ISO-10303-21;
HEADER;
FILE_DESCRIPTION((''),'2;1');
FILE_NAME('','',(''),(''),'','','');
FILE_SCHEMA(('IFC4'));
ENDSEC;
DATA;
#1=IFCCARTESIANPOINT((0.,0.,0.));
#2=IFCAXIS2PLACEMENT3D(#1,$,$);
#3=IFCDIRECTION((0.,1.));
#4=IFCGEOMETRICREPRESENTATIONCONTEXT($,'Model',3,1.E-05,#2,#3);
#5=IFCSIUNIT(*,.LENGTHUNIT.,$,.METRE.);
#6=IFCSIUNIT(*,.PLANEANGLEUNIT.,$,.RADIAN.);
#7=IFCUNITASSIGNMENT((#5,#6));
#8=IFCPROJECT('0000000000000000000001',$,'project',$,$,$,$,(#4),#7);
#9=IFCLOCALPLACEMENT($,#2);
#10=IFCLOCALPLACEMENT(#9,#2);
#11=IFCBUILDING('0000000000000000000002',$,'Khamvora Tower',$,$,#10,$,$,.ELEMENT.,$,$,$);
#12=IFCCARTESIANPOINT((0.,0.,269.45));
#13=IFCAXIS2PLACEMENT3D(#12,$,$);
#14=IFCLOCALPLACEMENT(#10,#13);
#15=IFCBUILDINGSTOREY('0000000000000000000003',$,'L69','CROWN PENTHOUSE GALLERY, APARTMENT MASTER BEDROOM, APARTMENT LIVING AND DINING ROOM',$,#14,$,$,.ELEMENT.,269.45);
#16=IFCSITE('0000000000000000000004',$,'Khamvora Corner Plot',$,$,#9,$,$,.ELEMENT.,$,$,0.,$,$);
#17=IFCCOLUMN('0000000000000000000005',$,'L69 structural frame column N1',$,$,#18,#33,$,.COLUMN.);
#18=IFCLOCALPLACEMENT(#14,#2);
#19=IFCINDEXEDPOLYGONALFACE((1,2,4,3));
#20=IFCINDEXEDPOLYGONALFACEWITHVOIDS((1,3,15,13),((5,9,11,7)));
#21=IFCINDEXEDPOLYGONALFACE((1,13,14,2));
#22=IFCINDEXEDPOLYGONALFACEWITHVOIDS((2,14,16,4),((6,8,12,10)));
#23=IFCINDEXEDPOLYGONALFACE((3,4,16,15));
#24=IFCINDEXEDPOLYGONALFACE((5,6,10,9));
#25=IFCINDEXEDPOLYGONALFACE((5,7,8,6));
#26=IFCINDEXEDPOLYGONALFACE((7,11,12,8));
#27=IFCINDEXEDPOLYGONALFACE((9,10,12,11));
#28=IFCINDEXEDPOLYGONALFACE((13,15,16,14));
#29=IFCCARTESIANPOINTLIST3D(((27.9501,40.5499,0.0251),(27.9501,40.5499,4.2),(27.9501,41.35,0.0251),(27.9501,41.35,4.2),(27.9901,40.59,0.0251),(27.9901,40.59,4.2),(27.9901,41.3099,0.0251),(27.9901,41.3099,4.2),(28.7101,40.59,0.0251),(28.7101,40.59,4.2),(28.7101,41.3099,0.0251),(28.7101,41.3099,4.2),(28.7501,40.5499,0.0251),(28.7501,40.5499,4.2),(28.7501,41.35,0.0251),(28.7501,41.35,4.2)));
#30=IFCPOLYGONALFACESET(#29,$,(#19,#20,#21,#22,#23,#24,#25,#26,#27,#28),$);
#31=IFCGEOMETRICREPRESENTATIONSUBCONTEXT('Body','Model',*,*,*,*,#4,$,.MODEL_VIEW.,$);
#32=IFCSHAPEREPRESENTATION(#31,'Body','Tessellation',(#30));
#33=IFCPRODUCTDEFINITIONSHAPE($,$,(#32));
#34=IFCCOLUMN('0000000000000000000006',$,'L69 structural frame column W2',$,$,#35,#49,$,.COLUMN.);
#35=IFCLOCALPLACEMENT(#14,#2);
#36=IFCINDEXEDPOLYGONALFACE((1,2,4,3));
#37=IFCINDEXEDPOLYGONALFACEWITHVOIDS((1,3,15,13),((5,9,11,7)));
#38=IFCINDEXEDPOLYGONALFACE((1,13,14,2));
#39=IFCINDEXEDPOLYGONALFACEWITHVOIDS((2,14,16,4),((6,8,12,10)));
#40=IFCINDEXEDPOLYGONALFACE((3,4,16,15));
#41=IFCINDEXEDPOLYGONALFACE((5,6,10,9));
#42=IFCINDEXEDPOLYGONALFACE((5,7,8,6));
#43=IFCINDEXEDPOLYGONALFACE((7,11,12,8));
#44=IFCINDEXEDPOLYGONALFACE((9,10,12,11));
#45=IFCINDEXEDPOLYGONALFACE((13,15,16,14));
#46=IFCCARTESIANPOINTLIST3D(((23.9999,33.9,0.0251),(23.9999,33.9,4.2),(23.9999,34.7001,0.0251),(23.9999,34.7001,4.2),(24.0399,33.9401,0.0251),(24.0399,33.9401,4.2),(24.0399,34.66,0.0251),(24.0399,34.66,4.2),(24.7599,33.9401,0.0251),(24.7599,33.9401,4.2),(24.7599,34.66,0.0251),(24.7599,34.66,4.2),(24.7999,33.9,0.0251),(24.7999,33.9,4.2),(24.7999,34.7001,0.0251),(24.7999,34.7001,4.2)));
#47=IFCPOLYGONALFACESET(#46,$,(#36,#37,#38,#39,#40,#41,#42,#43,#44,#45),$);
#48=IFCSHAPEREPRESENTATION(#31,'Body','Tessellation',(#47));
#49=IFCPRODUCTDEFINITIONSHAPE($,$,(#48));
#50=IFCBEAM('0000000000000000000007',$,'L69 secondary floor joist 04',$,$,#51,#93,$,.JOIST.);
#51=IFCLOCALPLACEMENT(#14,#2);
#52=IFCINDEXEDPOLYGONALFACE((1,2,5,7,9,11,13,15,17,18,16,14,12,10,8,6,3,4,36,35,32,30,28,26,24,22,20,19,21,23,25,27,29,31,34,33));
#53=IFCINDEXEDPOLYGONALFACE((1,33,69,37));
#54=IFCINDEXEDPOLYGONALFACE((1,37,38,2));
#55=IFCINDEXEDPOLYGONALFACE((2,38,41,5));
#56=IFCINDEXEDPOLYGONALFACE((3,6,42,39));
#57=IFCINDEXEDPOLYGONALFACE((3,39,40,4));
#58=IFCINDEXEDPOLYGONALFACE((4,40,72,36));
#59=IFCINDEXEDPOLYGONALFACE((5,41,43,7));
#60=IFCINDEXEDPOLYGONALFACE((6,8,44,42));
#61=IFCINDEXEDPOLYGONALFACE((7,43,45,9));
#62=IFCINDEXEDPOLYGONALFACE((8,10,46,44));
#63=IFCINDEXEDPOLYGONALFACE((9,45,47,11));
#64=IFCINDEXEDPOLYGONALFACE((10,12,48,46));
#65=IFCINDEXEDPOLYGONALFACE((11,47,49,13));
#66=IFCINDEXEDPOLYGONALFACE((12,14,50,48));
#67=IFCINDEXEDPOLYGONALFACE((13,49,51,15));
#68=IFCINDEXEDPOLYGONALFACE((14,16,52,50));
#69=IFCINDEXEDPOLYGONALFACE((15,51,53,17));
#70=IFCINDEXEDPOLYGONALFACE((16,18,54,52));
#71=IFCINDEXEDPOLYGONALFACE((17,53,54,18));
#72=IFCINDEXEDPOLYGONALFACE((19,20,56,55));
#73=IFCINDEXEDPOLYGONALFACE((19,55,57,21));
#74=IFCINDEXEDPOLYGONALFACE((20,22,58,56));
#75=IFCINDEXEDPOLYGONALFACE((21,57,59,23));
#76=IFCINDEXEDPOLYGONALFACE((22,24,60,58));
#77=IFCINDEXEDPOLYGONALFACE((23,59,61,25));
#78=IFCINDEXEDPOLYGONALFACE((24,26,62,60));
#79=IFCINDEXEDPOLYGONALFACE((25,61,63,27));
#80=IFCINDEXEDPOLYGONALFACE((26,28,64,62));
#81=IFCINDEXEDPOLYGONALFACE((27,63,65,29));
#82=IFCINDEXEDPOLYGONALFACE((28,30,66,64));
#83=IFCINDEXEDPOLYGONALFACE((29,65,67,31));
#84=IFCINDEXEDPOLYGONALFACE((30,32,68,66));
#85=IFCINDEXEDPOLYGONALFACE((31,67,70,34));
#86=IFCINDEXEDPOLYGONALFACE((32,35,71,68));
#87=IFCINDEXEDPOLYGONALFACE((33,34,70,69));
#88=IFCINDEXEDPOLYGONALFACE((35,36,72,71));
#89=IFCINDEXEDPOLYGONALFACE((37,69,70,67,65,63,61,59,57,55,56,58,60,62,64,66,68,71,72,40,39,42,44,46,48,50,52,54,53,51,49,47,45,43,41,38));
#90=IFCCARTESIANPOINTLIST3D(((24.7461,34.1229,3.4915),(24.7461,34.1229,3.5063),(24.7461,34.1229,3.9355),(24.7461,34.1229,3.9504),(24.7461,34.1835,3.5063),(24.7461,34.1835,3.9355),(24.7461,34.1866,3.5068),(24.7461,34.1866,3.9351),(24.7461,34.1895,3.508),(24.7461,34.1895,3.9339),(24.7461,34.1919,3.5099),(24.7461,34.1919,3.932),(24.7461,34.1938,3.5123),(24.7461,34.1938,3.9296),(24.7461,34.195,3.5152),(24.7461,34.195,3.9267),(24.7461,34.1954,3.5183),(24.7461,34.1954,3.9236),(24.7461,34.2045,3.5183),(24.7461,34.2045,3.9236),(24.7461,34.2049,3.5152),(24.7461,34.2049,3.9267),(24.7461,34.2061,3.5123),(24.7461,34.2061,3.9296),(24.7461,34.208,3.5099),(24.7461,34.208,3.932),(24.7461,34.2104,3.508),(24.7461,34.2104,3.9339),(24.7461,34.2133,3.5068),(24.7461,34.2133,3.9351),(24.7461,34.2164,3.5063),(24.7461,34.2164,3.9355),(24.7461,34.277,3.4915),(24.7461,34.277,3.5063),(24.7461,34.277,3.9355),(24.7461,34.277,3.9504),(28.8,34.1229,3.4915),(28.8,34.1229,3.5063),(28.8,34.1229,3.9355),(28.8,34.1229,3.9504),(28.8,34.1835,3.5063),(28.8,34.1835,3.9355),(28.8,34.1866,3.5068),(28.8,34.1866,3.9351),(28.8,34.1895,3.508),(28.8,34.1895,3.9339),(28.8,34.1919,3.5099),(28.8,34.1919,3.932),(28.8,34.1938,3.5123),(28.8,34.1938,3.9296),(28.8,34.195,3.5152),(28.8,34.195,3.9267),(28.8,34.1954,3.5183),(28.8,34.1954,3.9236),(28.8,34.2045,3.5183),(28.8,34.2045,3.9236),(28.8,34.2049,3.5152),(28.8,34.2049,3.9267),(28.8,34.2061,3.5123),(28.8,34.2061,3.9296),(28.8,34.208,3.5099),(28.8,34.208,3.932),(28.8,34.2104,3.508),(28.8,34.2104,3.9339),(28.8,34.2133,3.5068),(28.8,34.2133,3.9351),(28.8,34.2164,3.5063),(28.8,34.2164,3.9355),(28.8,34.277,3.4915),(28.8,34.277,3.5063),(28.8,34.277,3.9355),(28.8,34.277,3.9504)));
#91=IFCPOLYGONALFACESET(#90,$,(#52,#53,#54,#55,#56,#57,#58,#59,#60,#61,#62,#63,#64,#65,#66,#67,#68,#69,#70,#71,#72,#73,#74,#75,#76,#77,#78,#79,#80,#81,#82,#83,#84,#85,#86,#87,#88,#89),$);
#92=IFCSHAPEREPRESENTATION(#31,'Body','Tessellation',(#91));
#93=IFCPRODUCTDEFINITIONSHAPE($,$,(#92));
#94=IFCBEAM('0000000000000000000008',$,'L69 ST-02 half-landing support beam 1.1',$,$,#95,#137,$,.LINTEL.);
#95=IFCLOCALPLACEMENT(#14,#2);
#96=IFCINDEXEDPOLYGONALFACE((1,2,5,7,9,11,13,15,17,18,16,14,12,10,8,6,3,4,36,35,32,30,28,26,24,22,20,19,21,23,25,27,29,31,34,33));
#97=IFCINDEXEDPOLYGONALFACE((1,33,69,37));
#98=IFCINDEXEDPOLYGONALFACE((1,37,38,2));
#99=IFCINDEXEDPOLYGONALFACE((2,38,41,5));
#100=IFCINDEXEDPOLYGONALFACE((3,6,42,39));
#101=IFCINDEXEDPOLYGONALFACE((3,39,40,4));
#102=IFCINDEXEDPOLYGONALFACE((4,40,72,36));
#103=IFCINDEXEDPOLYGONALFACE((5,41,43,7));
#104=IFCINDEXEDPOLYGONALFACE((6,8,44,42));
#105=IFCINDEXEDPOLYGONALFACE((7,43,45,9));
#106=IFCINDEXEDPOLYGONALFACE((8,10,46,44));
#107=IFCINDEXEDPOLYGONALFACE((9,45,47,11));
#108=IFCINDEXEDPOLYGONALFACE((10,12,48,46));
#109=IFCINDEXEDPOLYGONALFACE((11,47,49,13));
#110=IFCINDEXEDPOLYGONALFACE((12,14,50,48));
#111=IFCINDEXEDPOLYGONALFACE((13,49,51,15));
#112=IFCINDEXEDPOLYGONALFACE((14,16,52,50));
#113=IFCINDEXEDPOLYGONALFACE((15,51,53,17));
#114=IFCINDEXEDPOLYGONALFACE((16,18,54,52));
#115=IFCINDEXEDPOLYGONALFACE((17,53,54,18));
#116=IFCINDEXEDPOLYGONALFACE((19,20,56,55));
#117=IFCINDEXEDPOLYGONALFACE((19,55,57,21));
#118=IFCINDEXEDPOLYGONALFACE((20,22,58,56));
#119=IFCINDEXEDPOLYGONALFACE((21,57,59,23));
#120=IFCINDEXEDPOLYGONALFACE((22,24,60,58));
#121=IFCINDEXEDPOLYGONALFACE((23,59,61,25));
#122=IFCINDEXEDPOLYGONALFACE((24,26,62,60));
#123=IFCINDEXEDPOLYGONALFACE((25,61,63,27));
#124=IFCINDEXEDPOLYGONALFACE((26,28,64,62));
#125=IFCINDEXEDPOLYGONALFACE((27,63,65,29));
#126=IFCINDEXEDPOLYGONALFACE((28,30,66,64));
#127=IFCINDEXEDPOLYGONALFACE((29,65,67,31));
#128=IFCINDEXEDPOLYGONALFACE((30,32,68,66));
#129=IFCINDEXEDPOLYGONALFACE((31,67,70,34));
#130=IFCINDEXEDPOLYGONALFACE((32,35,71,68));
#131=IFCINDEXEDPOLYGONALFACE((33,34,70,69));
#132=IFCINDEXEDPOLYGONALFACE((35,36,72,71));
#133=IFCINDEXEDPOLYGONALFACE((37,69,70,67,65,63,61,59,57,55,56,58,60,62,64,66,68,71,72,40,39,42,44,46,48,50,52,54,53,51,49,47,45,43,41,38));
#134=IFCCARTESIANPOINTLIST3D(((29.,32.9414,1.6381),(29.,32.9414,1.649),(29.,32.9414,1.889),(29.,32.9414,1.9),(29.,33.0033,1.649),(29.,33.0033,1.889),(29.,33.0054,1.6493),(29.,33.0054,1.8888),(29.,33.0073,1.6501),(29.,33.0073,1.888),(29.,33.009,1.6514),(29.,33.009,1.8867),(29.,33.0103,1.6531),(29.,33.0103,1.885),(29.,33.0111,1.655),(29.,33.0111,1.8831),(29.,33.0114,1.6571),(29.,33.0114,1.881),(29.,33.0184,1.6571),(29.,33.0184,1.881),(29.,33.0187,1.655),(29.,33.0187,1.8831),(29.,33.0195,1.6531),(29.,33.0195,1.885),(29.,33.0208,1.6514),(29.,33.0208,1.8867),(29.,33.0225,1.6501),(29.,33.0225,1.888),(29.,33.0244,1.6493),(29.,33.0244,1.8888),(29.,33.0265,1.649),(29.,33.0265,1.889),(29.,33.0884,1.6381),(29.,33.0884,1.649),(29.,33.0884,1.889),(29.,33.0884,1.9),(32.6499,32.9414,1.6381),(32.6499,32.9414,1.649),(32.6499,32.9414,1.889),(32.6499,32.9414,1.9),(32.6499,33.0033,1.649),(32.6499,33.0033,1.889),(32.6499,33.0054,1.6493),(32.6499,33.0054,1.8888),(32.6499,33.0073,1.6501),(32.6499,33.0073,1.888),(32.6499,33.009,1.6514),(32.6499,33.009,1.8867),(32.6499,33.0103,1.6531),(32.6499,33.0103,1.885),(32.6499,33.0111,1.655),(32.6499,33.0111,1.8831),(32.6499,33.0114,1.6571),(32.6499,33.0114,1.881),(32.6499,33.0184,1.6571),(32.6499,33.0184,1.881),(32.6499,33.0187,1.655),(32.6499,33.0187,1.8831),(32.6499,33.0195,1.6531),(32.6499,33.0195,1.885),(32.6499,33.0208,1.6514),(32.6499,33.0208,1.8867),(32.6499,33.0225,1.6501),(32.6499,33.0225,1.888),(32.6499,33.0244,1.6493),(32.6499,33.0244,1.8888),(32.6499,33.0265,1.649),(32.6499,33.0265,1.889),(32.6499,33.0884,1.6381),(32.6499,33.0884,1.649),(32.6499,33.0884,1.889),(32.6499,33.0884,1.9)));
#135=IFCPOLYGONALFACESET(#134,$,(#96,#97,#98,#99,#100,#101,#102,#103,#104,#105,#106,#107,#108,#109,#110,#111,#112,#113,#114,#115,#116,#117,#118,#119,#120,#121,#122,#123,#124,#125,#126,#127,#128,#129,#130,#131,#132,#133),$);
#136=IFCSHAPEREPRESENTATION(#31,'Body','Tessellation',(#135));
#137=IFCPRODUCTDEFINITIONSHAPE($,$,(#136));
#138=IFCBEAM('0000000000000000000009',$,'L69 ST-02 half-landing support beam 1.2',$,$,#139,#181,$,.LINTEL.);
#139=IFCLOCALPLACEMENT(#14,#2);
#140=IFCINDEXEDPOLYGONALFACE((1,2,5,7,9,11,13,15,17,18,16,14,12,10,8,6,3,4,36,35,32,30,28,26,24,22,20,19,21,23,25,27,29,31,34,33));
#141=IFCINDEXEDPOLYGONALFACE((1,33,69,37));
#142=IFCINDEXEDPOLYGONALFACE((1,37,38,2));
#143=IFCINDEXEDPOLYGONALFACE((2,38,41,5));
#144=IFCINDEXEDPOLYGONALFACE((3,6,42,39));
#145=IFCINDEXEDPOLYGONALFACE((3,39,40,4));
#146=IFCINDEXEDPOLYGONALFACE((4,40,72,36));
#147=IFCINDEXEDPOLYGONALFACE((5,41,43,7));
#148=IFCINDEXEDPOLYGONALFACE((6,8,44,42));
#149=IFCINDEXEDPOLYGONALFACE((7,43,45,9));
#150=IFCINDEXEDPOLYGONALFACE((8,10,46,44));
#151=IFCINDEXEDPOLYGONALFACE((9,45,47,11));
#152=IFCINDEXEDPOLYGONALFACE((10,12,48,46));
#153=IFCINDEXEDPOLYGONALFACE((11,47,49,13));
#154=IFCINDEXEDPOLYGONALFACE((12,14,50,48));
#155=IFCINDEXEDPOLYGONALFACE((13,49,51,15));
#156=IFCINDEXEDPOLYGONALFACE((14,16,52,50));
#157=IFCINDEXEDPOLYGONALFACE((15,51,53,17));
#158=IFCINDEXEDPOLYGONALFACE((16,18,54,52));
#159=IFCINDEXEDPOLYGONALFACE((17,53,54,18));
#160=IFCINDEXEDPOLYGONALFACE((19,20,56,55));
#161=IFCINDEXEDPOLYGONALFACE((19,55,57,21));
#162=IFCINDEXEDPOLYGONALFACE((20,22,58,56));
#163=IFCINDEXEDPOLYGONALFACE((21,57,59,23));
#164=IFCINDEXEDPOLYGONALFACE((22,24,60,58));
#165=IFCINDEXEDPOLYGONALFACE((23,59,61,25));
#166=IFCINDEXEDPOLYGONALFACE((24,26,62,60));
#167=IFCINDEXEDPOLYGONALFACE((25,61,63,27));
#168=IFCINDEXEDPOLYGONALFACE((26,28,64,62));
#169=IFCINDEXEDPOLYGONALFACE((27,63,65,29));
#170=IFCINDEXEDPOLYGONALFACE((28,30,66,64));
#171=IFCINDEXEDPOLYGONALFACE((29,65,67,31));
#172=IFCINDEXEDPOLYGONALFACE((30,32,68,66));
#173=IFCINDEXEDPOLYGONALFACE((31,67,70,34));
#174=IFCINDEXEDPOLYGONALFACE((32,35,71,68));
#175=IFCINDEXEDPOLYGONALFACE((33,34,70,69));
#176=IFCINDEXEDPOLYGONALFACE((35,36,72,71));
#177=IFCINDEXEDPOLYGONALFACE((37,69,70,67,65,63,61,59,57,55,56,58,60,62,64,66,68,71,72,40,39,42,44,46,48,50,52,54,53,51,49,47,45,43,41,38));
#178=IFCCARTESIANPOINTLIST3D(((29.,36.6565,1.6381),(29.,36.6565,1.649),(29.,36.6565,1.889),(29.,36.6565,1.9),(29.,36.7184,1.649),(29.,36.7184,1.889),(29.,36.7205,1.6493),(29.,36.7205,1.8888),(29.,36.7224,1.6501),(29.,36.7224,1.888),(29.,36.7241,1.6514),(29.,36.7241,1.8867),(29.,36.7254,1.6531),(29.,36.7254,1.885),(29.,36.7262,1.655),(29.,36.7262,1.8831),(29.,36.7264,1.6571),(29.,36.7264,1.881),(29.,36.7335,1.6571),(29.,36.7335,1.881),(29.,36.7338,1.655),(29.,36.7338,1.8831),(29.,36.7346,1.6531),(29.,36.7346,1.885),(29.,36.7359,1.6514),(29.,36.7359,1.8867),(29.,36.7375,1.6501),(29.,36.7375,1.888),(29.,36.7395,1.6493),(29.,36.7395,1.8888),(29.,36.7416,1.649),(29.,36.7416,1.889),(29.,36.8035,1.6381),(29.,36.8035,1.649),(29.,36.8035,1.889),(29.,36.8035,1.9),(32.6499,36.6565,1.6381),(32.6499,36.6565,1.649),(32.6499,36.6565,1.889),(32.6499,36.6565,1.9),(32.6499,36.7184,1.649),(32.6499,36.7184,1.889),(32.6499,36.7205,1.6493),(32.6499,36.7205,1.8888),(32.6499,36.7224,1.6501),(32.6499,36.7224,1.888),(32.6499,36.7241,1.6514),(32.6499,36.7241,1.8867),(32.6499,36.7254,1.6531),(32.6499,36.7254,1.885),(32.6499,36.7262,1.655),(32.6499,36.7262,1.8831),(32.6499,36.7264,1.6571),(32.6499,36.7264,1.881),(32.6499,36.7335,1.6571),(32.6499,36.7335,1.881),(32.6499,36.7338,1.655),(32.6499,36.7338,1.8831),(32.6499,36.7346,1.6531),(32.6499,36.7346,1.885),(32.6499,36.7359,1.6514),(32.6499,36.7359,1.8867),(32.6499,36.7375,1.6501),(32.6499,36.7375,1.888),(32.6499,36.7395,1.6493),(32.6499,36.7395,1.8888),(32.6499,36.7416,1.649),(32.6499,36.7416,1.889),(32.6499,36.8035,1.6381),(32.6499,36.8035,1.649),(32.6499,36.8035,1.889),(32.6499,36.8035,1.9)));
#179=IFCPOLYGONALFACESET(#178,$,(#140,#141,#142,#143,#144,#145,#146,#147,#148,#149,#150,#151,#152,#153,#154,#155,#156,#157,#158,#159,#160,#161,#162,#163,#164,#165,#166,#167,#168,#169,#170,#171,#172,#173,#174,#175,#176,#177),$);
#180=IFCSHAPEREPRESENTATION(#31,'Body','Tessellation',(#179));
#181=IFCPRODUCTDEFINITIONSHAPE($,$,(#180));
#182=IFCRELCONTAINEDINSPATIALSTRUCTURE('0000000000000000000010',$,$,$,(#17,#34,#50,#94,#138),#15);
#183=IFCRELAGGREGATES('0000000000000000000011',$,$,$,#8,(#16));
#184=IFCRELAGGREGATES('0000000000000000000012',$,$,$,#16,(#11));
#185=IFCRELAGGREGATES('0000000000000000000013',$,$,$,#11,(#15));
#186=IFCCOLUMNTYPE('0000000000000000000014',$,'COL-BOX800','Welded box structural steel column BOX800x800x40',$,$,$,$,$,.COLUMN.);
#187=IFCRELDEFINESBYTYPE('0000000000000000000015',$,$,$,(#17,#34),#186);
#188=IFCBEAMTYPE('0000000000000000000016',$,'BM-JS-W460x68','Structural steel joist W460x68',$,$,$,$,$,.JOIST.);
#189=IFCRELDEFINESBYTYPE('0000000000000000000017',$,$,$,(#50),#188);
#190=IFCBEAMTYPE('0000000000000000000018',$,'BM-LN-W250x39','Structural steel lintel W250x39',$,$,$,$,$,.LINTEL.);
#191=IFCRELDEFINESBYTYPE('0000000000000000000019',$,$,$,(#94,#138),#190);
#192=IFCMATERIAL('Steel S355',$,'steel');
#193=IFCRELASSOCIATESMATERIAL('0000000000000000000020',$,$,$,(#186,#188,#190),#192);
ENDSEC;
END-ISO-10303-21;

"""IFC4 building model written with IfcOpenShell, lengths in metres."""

from ifc_helpers import new_model, si_unit, direction, frame, origin, origin_2d, place, context, subcontext, project, spatial, hollow_rectangle, i_section, extrude, material, material_profile, profile_set, type_object, element, save


model = new_model("IFC4")

# Units and contexts
model_context = context("Model", 3, precision=1e-05, world=origin(), true_north=direction((0.0, 1.0)))
body_context = subcontext(model_context, "Body", "Model", "MODEL_VIEW")
ifc_project = project(units=[si_unit("LENGTHUNIT", "METRE"), si_unit("PLANEANGLEUNIT", "RADIAN")], contexts=[model_context])

# Site, building, storey
site_placement = place(None, origin())
site = spatial("IfcSite", under=ifc_project, at=site_placement, Name="Khamvora Corner Plot", CompositionType="ELEMENT", RefElevation=0.0)
building_placement = place(site_placement, origin())
building = spatial("IfcBuilding", under=site, at=building_placement, Name="Khamvora Tower", CompositionType="ELEMENT")
storey_placement = place(building_placement, frame((0.0, 0.0, 269.45)))
storey = spatial("IfcBuildingStorey", under=building, at=storey_placement, Name="L69", Description="CROWN PENTHOUSE GALLERY, APARTMENT MASTER BEDROOM, APARTMENT LIVING AND DINING ROOM", CompositionType="ELEMENT", Elevation=269.45)

# Columns
ifc_material_1 = material(Name="Steel S355", Category="steel")
ifc_material_profile_1 = material_profile(ifc_material_1, hollow_rectangle(XDim=0.8, YDim=0.8, WallThickness=0.04, at=origin_2d()), Name="BOX800x800x40")
ifc_profile_set_1 = profile_set([ifc_material_profile_1], Name="Steel S355")
column_type = type_object("IfcColumnType", Name="COL-BOX800", Description="Welded box structural steel column BOX800x800x40", PredefinedType="COLUMN", material=ifc_profile_set_1)
for number, where, z_axis, x_axis, name in (
    (1, (28.3501, 40.95, 0.0251), (0.0, 0.0, 1.0), (1.0, 0.0, 0.0), "L69 structural frame column N1"),
    (2, (24.3999, 34.3, 0.0251), (0.0, 0.0, 1.0), (1.0, 0.0, 0.0), "L69 structural frame column W2"),
):
    element("IfcColumn", number, at=place(storey_placement, frame(where, z_axis=z_axis, x_axis=x_axis)), inside=storey, type_object=column_type, Name=name, PredefinedType="COLUMN", context=body_context, shape_type="SweptSolid", body=[
        extrude(hollow_rectangle(XDim=0.8, YDim=0.8, WallThickness=0.04, at=origin_2d()), origin(), (0.0, 0.0, 1.0), 4.1748),
    ])

# Beams
ifc_material_profile_2 = material_profile(ifc_material_1, i_section(OverallWidth=0.1541, OverallDepth=0.459, WebThickness=0.009, FlangeThickness=0.0149, FilletRadius=0.012, at=origin_2d()), Name="W460x68")
ifc_profile_set_2 = profile_set([ifc_material_profile_2], Name="Steel S355")
beam_type_1 = type_object("IfcBeamType", Name="BM-JS-W460x68", Description="Structural steel joist W460x68", PredefinedType="JOIST", material=ifc_profile_set_2)
beam_1_placement = place(storey_placement, frame((24.7461, 34.2, 3.7209), z_axis=(1.0, 0.0, 0.0), x_axis=(0.0, 1.0, 0.0)))
element("IfcBeam", 3, at=beam_1_placement, inside=storey, type_object=beam_type_1, Name="L69 secondary floor joist 04", PredefinedType="JOIST", context=body_context, shape_type="SweptSolid", body=[
    extrude(i_section(OverallWidth=0.1541, OverallDepth=0.459, WebThickness=0.009, FlangeThickness=0.0149, FilletRadius=0.012, at=origin_2d()), origin(), (0.0, 0.0, 1.0), 4.054),
])
ifc_material_profile_3 = material_profile(ifc_material_1, i_section(OverallWidth=0.147, OverallDepth=0.262, WebThickness=0.0071, FlangeThickness=0.011, FilletRadius=0.0081, at=origin_2d()), Name="W250x39")
ifc_profile_set_3 = profile_set([ifc_material_profile_3], Name="Steel S355")
beam_type_2 = type_object("IfcBeamType", Name="BM-LN-W250x39", Description="Structural steel lintel W250x39", PredefinedType="LINTEL", material=ifc_profile_set_3)
for number, where, z_axis, x_axis, name in (
    (4, (29.0, 33.0149, 1.769), (1.0, 0.0, 0.0), (0.0, 1.0, 0.0), "L69 ST-02 half-landing support beam 1.1"),
    (5, (29.0, 36.73, 1.769), (1.0, 0.0, 0.0), (0.0, 1.0, 0.0), "L69 ST-02 half-landing support beam 1.2"),
):
    element("IfcBeam", number, at=place(storey_placement, frame(where, z_axis=z_axis, x_axis=x_axis)), inside=storey, type_object=beam_type_2, Name=name, PredefinedType="LINTEL", context=body_context, shape_type="SweptSolid", body=[
        extrude(i_section(OverallWidth=0.147, OverallDepth=0.262, WebThickness=0.0071, FlangeThickness=0.011, FilletRadius=0.0081, at=origin_2d()), origin(), (0.0, 0.0, 1.0), 3.6499),
    ])

save(model, "model.ifc")
